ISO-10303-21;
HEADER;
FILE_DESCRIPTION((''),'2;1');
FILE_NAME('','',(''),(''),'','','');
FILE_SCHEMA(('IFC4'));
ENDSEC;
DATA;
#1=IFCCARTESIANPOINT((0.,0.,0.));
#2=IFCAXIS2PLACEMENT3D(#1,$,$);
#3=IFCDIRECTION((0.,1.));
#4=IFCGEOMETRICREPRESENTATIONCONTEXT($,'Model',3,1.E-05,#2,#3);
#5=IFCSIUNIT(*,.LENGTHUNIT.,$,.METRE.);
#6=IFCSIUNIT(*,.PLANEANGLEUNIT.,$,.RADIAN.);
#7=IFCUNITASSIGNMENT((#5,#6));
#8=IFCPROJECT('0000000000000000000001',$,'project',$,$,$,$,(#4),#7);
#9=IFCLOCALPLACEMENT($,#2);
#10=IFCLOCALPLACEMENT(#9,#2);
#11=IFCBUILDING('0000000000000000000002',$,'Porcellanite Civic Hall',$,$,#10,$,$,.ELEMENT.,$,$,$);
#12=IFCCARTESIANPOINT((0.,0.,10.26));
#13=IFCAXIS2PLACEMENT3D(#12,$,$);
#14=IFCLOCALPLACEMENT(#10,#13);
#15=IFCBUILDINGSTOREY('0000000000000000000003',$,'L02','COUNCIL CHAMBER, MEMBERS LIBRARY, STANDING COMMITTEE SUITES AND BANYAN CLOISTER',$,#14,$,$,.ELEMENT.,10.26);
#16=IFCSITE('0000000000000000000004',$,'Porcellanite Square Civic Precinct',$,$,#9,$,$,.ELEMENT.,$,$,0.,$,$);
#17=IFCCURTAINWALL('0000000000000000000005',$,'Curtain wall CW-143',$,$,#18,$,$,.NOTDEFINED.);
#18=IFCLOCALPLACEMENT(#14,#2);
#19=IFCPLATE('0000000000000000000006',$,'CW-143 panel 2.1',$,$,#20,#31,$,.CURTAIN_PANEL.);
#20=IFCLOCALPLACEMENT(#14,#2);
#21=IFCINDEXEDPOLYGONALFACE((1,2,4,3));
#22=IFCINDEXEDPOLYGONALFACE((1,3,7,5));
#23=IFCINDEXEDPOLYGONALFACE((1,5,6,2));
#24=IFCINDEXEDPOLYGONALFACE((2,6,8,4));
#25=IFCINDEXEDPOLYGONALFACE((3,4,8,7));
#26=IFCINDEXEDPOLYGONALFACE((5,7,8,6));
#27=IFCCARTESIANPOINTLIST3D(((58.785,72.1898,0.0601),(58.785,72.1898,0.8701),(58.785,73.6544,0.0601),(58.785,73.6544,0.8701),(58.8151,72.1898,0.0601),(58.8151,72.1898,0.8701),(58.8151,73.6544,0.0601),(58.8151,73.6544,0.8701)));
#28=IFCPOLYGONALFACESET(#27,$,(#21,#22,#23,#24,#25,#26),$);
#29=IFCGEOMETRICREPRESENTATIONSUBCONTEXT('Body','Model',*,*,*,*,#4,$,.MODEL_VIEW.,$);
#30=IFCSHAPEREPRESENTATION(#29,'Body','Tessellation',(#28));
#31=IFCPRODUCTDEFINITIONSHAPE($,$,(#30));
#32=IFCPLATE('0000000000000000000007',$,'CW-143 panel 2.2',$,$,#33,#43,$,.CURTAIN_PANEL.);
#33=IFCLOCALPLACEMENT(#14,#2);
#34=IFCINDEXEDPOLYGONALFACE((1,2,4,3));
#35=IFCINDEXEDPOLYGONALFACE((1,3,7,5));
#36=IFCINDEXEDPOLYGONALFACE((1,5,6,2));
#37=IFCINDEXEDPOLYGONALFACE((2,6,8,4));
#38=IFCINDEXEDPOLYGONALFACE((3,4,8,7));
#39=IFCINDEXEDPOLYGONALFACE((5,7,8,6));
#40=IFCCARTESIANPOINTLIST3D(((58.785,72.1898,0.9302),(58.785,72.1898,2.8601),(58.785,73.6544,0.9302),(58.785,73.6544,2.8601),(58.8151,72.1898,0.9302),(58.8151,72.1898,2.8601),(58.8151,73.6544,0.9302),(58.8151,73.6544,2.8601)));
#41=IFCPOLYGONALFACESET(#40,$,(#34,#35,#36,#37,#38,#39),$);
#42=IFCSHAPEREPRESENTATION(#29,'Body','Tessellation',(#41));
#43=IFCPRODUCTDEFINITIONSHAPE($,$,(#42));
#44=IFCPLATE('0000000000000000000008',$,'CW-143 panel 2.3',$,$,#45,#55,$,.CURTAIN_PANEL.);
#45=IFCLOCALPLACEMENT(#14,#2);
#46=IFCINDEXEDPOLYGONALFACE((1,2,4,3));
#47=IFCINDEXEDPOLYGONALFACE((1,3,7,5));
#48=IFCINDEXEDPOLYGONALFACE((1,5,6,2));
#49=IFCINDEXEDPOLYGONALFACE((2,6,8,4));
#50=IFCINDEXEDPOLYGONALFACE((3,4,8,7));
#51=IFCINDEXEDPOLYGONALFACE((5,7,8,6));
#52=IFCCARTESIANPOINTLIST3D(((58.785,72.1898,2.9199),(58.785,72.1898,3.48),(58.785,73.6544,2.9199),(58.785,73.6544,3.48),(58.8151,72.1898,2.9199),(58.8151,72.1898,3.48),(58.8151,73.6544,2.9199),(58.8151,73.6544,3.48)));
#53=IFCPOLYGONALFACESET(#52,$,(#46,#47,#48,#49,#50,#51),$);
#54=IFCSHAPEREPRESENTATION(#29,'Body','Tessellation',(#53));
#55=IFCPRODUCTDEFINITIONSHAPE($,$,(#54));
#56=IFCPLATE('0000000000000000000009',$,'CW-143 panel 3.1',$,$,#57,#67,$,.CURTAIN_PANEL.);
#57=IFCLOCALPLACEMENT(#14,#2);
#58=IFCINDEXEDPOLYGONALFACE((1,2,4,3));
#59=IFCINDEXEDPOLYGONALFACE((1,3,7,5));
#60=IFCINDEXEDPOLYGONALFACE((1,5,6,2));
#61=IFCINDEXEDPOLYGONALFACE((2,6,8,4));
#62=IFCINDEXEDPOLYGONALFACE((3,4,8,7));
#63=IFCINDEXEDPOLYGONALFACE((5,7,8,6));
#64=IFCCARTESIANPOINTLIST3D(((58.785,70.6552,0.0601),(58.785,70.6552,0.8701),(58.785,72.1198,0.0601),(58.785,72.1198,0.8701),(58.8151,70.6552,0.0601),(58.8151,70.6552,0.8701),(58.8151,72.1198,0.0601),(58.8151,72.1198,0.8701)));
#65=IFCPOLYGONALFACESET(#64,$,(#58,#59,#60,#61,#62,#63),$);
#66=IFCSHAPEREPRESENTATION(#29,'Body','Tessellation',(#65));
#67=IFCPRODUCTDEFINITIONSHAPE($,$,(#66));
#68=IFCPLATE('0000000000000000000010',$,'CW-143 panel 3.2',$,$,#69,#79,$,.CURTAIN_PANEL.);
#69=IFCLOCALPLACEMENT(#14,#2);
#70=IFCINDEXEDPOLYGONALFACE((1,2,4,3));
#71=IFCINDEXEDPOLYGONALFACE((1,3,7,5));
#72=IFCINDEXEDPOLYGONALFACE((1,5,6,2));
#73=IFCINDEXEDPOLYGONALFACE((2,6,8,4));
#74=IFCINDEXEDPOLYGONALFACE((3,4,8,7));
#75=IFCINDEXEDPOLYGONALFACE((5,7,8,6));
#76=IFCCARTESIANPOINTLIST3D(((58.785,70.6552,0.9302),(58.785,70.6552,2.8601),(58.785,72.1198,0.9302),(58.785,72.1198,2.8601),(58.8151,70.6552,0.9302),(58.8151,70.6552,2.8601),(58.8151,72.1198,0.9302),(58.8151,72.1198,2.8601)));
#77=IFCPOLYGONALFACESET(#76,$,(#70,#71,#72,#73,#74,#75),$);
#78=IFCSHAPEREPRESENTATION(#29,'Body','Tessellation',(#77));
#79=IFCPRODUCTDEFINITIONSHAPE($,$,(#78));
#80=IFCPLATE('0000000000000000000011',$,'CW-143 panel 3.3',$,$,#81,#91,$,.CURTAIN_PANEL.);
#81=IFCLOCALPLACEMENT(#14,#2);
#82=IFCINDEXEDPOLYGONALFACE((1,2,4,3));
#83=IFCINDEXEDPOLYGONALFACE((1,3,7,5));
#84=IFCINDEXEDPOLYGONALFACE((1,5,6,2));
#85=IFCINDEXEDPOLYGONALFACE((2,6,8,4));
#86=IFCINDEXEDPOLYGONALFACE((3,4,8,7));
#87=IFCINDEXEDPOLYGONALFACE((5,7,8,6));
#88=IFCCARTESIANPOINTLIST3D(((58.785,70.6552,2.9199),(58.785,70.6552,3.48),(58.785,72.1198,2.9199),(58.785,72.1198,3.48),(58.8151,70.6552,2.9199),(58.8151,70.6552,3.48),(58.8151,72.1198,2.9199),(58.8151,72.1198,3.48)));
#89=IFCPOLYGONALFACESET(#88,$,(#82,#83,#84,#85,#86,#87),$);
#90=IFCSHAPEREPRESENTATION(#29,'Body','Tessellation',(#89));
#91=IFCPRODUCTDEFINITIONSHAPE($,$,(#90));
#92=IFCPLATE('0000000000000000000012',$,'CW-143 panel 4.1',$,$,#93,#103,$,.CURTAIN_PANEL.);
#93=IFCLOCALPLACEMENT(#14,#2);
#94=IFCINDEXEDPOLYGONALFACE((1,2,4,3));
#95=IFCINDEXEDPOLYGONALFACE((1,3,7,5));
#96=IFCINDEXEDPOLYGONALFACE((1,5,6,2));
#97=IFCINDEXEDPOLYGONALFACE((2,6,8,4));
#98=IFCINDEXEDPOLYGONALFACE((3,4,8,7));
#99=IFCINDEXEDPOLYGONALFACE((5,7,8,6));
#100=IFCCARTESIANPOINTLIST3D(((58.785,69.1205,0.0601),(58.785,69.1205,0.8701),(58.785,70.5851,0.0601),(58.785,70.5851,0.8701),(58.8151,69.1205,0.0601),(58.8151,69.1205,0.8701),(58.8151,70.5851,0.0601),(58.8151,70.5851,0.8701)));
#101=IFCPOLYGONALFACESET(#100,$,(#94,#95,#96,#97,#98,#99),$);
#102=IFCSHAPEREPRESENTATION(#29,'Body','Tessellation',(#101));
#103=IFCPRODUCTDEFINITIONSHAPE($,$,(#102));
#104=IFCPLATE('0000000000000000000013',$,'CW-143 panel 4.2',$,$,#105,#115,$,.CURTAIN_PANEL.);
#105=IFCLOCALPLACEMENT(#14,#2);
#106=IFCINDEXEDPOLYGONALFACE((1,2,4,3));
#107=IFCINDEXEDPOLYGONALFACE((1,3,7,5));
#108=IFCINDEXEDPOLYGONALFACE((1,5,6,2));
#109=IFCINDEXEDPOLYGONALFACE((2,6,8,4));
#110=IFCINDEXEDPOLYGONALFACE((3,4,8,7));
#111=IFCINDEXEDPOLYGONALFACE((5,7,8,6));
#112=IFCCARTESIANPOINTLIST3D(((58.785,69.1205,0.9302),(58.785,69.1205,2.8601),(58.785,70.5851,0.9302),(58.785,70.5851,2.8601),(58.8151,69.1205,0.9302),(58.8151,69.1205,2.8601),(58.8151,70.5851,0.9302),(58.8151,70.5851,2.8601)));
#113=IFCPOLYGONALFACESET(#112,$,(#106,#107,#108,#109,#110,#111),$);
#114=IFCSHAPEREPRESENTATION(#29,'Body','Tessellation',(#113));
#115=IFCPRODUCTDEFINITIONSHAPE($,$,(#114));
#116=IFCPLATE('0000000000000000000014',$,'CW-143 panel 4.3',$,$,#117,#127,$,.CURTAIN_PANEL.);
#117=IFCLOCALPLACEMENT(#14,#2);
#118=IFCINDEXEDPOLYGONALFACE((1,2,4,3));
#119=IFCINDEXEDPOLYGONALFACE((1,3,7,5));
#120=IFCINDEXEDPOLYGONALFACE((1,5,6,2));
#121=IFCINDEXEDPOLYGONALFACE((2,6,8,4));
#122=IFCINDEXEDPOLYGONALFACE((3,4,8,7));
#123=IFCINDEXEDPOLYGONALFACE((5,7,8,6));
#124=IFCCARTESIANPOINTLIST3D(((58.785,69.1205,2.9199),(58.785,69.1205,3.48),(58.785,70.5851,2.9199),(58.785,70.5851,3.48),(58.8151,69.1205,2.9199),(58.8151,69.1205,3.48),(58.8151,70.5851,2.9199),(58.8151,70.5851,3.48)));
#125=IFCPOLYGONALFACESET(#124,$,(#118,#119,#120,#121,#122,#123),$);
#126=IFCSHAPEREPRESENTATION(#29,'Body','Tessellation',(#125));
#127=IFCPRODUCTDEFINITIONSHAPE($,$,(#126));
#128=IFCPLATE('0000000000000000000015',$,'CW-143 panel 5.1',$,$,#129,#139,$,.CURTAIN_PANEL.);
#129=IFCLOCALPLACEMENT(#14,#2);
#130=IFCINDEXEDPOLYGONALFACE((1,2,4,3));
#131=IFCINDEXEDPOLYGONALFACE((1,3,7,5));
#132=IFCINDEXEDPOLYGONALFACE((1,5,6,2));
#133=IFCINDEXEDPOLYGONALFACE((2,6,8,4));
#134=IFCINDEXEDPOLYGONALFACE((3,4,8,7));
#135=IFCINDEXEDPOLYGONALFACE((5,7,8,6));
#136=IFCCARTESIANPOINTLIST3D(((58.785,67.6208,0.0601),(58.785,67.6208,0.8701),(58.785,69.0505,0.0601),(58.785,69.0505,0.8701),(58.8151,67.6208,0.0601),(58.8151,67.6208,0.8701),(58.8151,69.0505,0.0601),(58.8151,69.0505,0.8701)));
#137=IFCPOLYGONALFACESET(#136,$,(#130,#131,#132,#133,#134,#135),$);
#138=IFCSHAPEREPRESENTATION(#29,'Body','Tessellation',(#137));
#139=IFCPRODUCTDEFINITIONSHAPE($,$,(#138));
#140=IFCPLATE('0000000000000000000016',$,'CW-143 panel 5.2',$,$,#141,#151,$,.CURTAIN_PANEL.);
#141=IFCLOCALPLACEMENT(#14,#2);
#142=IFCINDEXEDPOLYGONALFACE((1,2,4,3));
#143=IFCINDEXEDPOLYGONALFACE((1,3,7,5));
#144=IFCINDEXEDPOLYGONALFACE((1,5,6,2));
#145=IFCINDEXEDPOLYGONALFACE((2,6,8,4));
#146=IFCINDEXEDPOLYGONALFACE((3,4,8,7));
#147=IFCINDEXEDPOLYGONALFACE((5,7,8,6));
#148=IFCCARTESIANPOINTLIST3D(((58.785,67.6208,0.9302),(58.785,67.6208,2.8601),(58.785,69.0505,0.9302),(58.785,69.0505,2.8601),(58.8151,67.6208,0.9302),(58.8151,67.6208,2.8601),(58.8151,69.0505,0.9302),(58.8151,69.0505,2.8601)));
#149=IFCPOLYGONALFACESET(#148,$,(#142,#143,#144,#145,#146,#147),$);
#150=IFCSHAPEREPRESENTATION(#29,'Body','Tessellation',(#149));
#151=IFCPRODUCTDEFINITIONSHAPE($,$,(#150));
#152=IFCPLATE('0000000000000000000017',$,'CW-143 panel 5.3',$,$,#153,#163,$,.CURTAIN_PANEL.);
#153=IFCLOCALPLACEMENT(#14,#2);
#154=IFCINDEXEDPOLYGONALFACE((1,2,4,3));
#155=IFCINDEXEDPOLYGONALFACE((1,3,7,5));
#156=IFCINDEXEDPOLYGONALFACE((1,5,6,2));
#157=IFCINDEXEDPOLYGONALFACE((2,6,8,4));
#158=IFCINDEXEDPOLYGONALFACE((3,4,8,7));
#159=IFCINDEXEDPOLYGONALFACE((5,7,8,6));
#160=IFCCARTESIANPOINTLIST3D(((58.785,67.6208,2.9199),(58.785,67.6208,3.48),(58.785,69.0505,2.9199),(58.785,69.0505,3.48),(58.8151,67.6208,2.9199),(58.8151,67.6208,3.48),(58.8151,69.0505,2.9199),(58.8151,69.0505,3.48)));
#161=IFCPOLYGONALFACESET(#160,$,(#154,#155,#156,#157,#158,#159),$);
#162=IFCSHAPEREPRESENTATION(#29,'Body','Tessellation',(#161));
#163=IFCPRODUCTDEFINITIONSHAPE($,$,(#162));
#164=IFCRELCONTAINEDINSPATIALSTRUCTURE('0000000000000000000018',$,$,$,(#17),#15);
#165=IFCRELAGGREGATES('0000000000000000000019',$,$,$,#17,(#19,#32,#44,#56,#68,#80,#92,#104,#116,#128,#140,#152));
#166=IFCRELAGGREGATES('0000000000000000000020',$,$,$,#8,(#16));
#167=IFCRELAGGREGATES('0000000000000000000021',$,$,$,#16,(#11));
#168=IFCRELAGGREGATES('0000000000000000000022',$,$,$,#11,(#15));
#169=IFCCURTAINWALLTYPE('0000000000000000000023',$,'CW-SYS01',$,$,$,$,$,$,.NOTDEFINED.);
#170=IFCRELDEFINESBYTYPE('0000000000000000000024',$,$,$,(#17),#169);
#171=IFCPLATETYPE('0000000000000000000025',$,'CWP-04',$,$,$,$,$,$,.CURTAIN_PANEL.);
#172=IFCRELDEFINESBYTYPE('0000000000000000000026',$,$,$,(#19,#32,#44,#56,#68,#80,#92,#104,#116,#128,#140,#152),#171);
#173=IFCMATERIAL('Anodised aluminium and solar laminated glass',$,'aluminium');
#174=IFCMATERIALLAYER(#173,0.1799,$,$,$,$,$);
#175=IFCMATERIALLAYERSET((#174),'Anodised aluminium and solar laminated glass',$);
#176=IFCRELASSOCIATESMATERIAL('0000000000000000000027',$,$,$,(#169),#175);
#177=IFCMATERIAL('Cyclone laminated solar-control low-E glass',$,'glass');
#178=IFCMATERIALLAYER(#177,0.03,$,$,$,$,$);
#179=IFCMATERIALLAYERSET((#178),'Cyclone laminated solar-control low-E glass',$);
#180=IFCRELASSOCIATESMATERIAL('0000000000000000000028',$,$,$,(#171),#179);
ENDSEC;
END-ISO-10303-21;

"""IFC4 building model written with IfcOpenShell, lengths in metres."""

from ifc_helpers import new_model, si_unit, direction, frame, origin, origin_2d, place, context, subcontext, project, spatial, rectangle, extrude, material, layer, layer_set, type_object, element, aggregate, save


model = new_model("IFC4")

# Units and contexts
model_context = context("Model", 3, precision=1e-05, world=origin(), true_north=direction((0.0, 1.0)))
body_context = subcontext(model_context, "Body", "Model", "MODEL_VIEW")
ifc_project = project(units=[si_unit("LENGTHUNIT", "METRE"), si_unit("PLANEANGLEUNIT", "RADIAN")], contexts=[model_context])

# Site, building, storey
site_placement = place(None, origin())
site = spatial("IfcSite", under=ifc_project, at=site_placement, Name="Porcellanite Square Civic Precinct", CompositionType="ELEMENT", RefElevation=0.0)
building_placement = place(site_placement, origin())
building = spatial("IfcBuilding", under=site, at=building_placement, Name="Porcellanite Civic Hall", CompositionType="ELEMENT")
storey_placement = place(building_placement, frame((0.0, 0.0, 10.26)))
storey = spatial("IfcBuildingStorey", under=building, at=storey_placement, Name="L02", Description="COUNCIL CHAMBER, MEMBERS LIBRARY, STANDING COMMITTEE SUITES AND BANYAN CLOISTER", CompositionType="ELEMENT", Elevation=10.26)

# Curtain wall, plates
ifc_material_1 = material(Name="Anodised aluminium and solar laminated glass", Category="aluminium")
ifc_layer_1 = layer(ifc_material_1, 0.1799)
ifc_layer_set_1 = layer_set([ifc_layer_1], Name="Anodised aluminium and solar laminated glass")
curtain_wall_type = type_object("IfcCurtainWallType", Name="CW-SYS01", PredefinedType="NOTDEFINED", material=ifc_layer_set_1)
curtain_wall_placement = place(storey_placement, origin())
curtain_wall = element("IfcCurtainWall", 1, at=curtain_wall_placement, inside=storey, type_object=curtain_wall_type, Name="Curtain wall CW-143", PredefinedType="NOTDEFINED")
ifc_material_2 = material(Name="Cyclone laminated solar-control low-E glass", Category="glass")
ifc_layer_2 = layer(ifc_material_2, 0.03)
ifc_layer_set_2 = layer_set([ifc_layer_2], Name="Cyclone laminated solar-control low-E glass")
plate_type = type_object("IfcPlateType", Name="CWP-04", PredefinedType="CURTAIN_PANEL", material=ifc_layer_set_2)
plate_1_placement = place(storey_placement, frame((58.8, 72.9221, 0.0601), z_axis=(0.0, 0.0, 1.0), x_axis=(0.0, -1.0, 0.0)))
plate_1 = element("IfcPlate", 2, at=plate_1_placement, type_object=plate_type, Name="CW-143 panel 2.1", PredefinedType="CURTAIN_PANEL", context=body_context, shape_type="SweptSolid", body=[
    extrude(rectangle(XDim=1.4646, YDim=0.03, at=origin_2d()), origin(), (0.0, 0.0, 1.0), 0.8101),
])
plate_2_placement = place(storey_placement, frame((58.8, 72.9221, 0.9302), z_axis=(0.0, 0.0, 1.0), x_axis=(0.0, -1.0, 0.0)))
plate_2 = element("IfcPlate", 3, at=plate_2_placement, type_object=plate_type, Name="CW-143 panel 2.2", PredefinedType="CURTAIN_PANEL", context=body_context, shape_type="SweptSolid", body=[
    extrude(rectangle(XDim=1.4646, YDim=0.03, at=origin_2d()), origin(), (0.0, 0.0, 1.0), 1.9299),
])
plate_3_placement = place(storey_placement, frame((58.8, 72.9221, 2.9199), z_axis=(0.0, 0.0, 1.0), x_axis=(0.0, -1.0, 0.0)))
plate_3 = element("IfcPlate", 4, at=plate_3_placement, type_object=plate_type, Name="CW-143 panel 2.3", PredefinedType="CURTAIN_PANEL", context=body_context, shape_type="SweptSolid", body=[
    extrude(rectangle(XDim=1.4646, YDim=0.03, at=origin_2d()), origin(), (0.0, 0.0, 1.0), 0.5601),
])
plate_4_placement = place(storey_placement, frame((58.8, 71.3875, 0.0601), z_axis=(0.0, 0.0, 1.0), x_axis=(0.0, -1.0, 0.0)))
plate_4 = element("IfcPlate", 5, at=plate_4_placement, type_object=plate_type, Name="CW-143 panel 3.1", PredefinedType="CURTAIN_PANEL", context=body_context, shape_type="SweptSolid", body=[
    extrude(rectangle(XDim=1.4646, YDim=0.03, at=origin_2d()), origin(), (0.0, 0.0, 1.0), 0.8101),
])
plate_5_placement = place(storey_placement, frame((58.8, 71.3875, 0.9302), z_axis=(0.0, 0.0, 1.0), x_axis=(0.0, -1.0, 0.0)))
plate_5 = element("IfcPlate", 6, at=plate_5_placement, type_object=plate_type, Name="CW-143 panel 3.2", PredefinedType="CURTAIN_PANEL", context=body_context, shape_type="SweptSolid", body=[
    extrude(rectangle(XDim=1.4646, YDim=0.03, at=origin_2d()), origin(), (0.0, 0.0, 1.0), 1.9299),
])
plate_6_placement = place(storey_placement, frame((58.8, 71.3875, 2.9199), z_axis=(0.0, 0.0, 1.0), x_axis=(0.0, -1.0, 0.0)))
plate_6 = element("IfcPlate", 7, at=plate_6_placement, type_object=plate_type, Name="CW-143 panel 3.3", PredefinedType="CURTAIN_PANEL", context=body_context, shape_type="SweptSolid", body=[
    extrude(rectangle(XDim=1.4646, YDim=0.03, at=origin_2d()), origin(), (0.0, 0.0, 1.0), 0.5601),
])
plate_7_placement = place(storey_placement, frame((58.8, 69.8528, 0.0601), z_axis=(0.0, 0.0, 1.0), x_axis=(0.0, -1.0, 0.0)))
plate_7 = element("IfcPlate", 8, at=plate_7_placement, type_object=plate_type, Name="CW-143 panel 4.1", PredefinedType="CURTAIN_PANEL", context=body_context, shape_type="SweptSolid", body=[
    extrude(rectangle(XDim=1.4646, YDim=0.03, at=origin_2d()), origin(), (0.0, 0.0, 1.0), 0.8101),
])
plate_8_placement = place(storey_placement, frame((58.8, 69.8528, 0.9302), z_axis=(0.0, 0.0, 1.0), x_axis=(0.0, -1.0, 0.0)))
plate_8 = element("IfcPlate", 9, at=plate_8_placement, type_object=plate_type, Name="CW-143 panel 4.2", PredefinedType="CURTAIN_PANEL", context=body_context, shape_type="SweptSolid", body=[
    extrude(rectangle(XDim=1.4646, YDim=0.03, at=origin_2d()), origin(), (0.0, 0.0, 1.0), 1.9299),
])
plate_9_placement = place(storey_placement, frame((58.8, 69.8528, 2.9199), z_axis=(0.0, 0.0, 1.0), x_axis=(0.0, -1.0, 0.0)))
plate_9 = element("IfcPlate", 10, at=plate_9_placement, type_object=plate_type, Name="CW-143 panel 4.3", PredefinedType="CURTAIN_PANEL", context=body_context, shape_type="SweptSolid", body=[
    extrude(rectangle(XDim=1.4646, YDim=0.03, at=origin_2d()), origin(), (0.0, 0.0, 1.0), 0.5601),
])
plate_10_placement = place(storey_placement, frame((58.8, 68.3357, 0.0601), z_axis=(0.0, 0.0, 1.0), x_axis=(0.0, -1.0, 0.0)))
plate_10 = element("IfcPlate", 11, at=plate_10_placement, type_object=plate_type, Name="CW-143 panel 5.1", PredefinedType="CURTAIN_PANEL", context=body_context, shape_type="SweptSolid", body=[
    extrude(rectangle(XDim=1.4297, YDim=0.03, at=origin_2d()), origin(), (0.0, 0.0, 1.0), 0.8101),
])
plate_11_placement = place(storey_placement, frame((58.8, 68.3357, 0.9302), z_axis=(0.0, 0.0, 1.0), x_axis=(0.0, -1.0, 0.0)))
plate_11 = element("IfcPlate", 12, at=plate_11_placement, type_object=plate_type, Name="CW-143 panel 5.2", PredefinedType="CURTAIN_PANEL", context=body_context, shape_type="SweptSolid", body=[
    extrude(rectangle(XDim=1.4297, YDim=0.03, at=origin_2d()), origin(), (0.0, 0.0, 1.0), 1.9299),
])
plate_12_placement = place(storey_placement, frame((58.8, 68.3357, 2.9199), z_axis=(0.0, 0.0, 1.0), x_axis=(0.0, -1.0, 0.0)))
plate_12 = element("IfcPlate", 13, at=plate_12_placement, type_object=plate_type, Name="CW-143 panel 5.3", PredefinedType="CURTAIN_PANEL", context=body_context, shape_type="SweptSolid", body=[
    extrude(rectangle(XDim=1.4297, YDim=0.03, at=origin_2d()), origin(), (0.0, 0.0, 1.0), 0.5601),
])
aggregate(curtain_wall, [plate_1, plate_2, plate_3, plate_4, plate_5, plate_6, plate_7, plate_8, plate_9, plate_10, plate_11, plate_12])

save(model, "model.ifc")
